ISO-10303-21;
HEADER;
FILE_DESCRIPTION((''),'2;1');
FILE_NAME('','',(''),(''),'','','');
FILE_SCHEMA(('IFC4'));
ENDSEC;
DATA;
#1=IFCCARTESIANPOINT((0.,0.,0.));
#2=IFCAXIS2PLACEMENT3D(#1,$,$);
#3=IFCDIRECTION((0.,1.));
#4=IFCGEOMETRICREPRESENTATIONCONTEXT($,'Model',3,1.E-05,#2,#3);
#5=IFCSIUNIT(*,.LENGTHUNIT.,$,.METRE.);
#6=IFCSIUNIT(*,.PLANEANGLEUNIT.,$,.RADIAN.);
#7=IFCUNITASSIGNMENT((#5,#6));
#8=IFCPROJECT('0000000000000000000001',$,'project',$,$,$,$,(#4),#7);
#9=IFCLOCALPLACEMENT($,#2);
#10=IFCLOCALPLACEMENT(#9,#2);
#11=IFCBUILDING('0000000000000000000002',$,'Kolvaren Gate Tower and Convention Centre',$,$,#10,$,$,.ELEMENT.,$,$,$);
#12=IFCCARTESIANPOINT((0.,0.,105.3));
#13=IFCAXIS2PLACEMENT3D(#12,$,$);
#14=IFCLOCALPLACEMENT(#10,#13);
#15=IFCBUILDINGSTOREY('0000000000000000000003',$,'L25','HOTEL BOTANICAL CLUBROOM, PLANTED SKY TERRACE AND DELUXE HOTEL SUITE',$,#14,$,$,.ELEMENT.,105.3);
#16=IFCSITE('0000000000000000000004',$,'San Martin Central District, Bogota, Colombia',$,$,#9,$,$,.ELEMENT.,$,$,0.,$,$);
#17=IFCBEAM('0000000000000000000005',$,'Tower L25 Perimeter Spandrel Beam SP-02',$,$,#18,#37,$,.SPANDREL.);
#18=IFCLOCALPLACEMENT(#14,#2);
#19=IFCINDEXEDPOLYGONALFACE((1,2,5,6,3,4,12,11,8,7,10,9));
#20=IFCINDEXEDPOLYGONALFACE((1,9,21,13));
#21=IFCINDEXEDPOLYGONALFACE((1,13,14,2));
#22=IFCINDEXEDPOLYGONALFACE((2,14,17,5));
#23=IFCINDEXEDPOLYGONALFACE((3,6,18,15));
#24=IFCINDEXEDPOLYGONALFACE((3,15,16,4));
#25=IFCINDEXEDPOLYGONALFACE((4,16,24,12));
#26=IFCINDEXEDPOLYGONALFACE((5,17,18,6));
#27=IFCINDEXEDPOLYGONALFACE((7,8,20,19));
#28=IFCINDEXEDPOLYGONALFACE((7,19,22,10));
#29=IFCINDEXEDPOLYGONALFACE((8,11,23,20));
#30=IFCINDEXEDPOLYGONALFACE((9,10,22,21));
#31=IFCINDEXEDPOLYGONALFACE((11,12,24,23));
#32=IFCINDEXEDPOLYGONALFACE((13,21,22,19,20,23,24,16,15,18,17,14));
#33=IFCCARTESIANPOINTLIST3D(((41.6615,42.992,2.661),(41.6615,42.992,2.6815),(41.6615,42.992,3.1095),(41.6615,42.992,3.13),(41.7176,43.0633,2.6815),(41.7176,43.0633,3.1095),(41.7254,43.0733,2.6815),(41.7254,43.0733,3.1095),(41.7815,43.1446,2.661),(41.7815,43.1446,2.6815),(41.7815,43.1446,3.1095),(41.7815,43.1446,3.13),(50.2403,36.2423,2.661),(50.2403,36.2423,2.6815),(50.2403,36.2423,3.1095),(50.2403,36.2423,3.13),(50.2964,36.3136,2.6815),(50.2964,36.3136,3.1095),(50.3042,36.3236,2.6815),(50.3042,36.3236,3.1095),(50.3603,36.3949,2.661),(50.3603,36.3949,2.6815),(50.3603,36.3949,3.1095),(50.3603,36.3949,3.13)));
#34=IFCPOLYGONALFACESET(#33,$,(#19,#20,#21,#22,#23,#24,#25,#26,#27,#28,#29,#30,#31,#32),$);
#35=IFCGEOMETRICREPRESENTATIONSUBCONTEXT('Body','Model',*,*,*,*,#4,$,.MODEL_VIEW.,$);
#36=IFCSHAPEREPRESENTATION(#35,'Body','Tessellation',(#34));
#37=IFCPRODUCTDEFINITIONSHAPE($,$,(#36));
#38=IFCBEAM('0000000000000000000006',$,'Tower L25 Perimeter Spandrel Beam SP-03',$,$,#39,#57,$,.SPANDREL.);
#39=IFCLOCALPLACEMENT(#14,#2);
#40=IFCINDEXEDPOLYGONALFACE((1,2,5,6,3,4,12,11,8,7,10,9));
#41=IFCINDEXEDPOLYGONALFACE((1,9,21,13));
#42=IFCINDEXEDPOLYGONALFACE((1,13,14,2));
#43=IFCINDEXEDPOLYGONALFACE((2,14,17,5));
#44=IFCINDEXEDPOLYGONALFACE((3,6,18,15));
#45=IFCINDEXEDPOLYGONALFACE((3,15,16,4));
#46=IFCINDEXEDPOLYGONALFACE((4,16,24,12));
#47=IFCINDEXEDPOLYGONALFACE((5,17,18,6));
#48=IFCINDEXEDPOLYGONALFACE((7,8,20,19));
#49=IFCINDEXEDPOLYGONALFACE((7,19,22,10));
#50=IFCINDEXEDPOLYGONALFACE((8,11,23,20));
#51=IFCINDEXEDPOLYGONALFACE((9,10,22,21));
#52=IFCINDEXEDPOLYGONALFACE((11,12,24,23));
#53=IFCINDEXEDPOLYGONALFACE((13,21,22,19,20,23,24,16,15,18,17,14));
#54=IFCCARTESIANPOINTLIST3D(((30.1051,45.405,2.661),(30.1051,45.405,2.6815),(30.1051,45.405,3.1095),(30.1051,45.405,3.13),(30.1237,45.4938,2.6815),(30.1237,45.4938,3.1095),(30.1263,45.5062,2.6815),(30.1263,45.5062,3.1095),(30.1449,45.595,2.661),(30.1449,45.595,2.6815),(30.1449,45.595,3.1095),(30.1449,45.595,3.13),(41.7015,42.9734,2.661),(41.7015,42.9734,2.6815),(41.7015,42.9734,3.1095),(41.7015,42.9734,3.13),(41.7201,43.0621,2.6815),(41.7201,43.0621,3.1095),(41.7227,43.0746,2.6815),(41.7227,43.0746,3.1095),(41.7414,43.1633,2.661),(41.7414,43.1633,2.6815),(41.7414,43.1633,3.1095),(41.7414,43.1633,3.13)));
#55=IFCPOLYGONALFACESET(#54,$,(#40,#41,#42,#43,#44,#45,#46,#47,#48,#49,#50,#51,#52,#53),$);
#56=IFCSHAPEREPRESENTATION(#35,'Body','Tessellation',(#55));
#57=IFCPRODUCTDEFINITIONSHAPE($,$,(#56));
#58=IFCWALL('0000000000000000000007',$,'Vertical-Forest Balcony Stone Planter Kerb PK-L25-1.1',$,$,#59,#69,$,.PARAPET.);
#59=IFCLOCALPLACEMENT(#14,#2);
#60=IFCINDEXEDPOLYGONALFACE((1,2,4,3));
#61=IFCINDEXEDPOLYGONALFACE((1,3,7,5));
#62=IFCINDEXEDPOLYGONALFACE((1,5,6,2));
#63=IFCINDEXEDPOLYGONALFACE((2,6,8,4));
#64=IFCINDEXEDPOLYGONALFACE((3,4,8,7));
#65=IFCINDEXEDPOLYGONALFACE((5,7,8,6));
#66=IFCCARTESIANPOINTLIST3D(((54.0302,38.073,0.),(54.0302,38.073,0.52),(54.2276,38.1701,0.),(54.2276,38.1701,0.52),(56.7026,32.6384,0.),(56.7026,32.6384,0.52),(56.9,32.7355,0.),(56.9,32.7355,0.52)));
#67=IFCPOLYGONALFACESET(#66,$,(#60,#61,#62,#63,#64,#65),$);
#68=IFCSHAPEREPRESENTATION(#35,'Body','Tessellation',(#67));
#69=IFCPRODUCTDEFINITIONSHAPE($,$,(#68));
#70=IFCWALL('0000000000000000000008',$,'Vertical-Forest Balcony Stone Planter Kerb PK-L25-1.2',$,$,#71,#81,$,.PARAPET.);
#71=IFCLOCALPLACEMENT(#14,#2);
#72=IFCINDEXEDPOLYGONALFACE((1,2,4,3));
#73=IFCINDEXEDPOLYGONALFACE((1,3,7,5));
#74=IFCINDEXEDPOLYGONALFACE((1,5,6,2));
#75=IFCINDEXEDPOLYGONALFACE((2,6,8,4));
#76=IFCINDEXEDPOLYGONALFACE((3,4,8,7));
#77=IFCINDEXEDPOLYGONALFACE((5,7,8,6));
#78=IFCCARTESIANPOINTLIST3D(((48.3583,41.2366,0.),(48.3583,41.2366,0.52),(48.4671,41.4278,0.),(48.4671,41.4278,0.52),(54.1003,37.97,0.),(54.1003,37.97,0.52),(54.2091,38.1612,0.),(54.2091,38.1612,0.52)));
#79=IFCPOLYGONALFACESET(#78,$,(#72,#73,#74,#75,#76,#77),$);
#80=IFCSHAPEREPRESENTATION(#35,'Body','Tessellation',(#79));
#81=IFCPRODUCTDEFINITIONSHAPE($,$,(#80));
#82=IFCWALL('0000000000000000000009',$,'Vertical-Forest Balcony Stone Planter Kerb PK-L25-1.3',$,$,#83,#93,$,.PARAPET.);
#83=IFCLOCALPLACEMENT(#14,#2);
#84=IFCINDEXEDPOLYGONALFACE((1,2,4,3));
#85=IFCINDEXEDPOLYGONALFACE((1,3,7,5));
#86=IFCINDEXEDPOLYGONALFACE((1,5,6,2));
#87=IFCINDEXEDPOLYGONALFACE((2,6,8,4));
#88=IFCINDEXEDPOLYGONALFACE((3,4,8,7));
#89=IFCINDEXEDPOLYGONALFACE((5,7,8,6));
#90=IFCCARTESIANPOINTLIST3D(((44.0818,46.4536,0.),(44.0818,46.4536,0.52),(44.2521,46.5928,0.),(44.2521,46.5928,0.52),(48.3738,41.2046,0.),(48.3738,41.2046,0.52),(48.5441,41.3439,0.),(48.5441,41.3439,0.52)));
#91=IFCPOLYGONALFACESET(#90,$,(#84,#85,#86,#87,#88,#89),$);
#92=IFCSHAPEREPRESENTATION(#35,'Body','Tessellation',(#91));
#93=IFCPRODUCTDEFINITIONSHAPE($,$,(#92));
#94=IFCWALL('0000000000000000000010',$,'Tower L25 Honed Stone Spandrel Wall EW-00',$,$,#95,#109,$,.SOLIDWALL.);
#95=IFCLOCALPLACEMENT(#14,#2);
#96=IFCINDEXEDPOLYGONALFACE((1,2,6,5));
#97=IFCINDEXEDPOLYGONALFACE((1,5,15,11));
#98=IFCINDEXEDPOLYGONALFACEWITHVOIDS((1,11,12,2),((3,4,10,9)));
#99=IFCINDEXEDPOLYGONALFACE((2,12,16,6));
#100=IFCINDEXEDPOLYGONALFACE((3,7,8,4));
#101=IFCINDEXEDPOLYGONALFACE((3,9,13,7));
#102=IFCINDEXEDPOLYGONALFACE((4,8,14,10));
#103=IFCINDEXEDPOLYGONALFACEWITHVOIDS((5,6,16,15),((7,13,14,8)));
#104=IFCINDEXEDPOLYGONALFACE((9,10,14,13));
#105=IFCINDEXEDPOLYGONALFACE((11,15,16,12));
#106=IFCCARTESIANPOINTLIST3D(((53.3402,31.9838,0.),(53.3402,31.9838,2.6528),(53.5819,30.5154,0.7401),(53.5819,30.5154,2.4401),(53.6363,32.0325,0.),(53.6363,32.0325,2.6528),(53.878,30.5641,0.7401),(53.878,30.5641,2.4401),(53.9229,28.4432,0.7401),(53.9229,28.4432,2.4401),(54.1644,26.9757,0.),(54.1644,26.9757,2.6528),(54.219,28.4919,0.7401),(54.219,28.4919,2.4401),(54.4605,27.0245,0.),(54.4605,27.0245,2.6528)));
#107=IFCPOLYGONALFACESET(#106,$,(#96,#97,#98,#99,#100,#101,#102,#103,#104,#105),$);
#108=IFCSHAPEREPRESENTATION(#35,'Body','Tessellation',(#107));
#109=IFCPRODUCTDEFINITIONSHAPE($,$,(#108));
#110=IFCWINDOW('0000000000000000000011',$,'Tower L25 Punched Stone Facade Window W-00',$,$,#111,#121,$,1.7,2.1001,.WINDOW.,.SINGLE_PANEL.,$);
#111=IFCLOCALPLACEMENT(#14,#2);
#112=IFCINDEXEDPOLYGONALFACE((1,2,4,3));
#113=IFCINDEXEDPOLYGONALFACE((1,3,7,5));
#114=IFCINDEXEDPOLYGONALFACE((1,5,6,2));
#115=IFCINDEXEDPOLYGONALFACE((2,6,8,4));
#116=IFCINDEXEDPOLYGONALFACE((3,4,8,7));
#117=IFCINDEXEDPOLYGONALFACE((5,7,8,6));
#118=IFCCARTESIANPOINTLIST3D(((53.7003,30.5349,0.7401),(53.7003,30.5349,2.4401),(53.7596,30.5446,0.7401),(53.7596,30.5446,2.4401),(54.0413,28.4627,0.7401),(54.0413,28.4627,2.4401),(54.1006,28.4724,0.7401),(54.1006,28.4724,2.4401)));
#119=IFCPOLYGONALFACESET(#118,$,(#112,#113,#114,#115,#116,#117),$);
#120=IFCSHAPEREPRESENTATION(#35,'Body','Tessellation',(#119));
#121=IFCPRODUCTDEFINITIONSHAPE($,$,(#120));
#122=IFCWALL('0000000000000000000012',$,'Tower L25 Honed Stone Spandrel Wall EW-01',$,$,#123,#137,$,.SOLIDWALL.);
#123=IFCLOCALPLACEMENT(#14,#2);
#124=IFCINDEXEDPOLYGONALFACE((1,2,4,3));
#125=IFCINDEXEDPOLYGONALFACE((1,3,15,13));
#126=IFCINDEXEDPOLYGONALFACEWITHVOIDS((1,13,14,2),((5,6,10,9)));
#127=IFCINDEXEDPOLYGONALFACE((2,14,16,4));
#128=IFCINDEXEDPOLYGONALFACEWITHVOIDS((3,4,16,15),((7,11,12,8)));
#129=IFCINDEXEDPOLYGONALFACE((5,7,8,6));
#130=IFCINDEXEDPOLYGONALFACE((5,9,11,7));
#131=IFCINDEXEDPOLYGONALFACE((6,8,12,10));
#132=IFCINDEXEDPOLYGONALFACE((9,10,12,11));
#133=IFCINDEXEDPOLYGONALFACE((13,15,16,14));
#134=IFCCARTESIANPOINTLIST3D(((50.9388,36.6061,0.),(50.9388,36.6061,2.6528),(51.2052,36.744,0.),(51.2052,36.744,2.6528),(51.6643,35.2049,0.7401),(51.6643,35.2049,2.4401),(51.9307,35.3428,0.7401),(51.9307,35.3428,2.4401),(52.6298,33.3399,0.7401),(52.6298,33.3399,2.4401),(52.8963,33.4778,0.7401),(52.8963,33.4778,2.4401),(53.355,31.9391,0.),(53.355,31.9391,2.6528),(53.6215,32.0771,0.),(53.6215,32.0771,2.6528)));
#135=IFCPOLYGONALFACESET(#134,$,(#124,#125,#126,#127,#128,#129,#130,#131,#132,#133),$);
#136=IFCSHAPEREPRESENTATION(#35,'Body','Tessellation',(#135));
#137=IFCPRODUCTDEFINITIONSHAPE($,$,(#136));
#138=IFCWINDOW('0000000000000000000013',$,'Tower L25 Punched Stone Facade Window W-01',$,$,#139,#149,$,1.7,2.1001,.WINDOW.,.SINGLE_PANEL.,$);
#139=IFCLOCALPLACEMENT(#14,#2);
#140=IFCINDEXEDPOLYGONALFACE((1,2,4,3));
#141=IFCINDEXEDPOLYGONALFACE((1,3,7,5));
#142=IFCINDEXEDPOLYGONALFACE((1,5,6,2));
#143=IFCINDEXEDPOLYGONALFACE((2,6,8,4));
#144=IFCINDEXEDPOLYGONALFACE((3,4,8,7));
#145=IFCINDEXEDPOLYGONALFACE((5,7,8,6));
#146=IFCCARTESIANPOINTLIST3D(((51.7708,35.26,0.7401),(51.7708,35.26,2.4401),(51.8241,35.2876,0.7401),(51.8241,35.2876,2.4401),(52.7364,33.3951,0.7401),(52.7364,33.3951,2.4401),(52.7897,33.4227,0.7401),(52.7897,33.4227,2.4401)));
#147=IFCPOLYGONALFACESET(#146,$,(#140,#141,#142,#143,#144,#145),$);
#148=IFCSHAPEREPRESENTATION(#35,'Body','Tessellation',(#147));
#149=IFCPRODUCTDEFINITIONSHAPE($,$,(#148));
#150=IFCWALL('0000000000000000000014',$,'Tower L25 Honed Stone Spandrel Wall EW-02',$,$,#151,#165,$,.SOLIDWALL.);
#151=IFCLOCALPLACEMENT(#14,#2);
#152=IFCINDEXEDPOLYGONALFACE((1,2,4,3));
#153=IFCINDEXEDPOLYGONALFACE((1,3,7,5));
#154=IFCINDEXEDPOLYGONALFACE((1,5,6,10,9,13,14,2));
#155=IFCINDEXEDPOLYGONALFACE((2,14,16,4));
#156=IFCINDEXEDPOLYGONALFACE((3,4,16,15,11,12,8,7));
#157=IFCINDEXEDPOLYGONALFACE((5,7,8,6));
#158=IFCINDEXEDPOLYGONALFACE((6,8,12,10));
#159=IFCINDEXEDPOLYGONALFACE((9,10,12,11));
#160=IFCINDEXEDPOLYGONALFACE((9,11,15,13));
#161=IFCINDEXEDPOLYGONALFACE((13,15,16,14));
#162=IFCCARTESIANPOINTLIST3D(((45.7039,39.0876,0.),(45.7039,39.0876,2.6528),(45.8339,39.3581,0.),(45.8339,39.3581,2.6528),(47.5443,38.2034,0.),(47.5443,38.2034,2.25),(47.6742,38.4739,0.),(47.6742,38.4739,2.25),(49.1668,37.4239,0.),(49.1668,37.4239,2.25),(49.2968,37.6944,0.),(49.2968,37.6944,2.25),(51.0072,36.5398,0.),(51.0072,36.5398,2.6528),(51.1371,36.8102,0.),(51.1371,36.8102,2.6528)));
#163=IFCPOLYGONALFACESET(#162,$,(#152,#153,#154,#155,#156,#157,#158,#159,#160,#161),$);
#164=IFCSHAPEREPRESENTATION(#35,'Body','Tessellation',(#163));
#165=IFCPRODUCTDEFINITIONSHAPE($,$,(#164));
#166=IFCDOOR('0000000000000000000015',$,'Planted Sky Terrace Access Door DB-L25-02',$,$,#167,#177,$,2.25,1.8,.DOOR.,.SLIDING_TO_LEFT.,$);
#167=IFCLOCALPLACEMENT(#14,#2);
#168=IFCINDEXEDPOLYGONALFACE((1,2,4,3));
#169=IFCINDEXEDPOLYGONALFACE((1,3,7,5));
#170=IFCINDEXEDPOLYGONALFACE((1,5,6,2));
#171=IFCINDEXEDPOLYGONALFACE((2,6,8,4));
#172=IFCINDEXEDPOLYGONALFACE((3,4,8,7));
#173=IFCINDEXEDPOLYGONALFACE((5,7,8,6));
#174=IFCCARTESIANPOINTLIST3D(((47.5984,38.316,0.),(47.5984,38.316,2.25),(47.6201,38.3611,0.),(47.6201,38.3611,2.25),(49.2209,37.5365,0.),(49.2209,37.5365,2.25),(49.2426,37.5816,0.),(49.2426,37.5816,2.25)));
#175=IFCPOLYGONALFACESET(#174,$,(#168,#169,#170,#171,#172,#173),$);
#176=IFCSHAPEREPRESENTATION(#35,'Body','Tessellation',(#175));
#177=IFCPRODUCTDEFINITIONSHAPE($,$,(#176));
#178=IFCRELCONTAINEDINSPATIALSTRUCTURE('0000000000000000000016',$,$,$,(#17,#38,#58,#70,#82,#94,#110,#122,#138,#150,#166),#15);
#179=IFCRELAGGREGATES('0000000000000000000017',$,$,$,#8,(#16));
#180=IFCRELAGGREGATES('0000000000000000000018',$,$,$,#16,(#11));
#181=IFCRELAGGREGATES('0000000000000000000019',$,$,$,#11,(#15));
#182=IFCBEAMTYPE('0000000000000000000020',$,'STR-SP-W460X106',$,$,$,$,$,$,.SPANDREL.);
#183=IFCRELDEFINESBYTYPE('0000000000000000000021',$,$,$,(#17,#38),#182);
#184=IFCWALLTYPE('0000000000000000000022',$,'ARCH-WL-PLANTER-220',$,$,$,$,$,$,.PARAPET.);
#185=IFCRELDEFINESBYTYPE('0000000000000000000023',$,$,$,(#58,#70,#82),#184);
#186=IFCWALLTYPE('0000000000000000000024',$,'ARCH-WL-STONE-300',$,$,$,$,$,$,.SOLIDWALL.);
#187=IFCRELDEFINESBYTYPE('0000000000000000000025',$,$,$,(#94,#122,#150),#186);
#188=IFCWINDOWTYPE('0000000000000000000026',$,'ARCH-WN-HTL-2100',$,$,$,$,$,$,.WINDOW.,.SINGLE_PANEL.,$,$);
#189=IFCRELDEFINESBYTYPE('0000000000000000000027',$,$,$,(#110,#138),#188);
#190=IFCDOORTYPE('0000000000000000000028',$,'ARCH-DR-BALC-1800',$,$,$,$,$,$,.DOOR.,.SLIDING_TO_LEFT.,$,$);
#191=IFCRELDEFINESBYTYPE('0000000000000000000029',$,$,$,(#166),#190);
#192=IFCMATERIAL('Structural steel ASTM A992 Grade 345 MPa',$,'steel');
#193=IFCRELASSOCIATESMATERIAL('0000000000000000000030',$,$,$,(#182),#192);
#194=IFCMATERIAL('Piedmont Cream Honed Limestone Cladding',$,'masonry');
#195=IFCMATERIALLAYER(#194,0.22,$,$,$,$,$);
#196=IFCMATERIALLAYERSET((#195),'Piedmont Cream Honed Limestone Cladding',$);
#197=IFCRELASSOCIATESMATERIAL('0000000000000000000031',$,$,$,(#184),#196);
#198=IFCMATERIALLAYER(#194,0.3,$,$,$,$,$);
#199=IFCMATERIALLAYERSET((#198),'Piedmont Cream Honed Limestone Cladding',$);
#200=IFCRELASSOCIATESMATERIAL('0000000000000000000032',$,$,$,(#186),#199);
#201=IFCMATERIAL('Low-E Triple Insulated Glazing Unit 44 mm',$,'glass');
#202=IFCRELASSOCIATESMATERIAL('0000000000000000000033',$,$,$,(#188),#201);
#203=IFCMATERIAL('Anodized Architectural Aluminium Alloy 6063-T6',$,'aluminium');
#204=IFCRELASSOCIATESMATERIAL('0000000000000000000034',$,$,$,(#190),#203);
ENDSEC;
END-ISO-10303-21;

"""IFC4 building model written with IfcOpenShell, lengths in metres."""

from ifc_helpers import new_model, si_unit, direction, frame, frame_2d, origin, origin_2d, place, context, subcontext, project, spatial, rectangle, i_section, extrude, material, layer, layer_set, material_profile, profile_set, type_object, element, fill, save


model = new_model("IFC4")

# Units and contexts
model_context = context("Model", 3, precision=1e-05, world=origin(), true_north=direction((0.0, 1.0)))
body_context = subcontext(model_context, "Body", "Model", "MODEL_VIEW")
ifc_project = project(units=[si_unit("LENGTHUNIT", "METRE"), si_unit("PLANEANGLEUNIT", "RADIAN")], contexts=[model_context])

# Site, building, storey
site_placement = place(None, origin())
site = spatial("IfcSite", under=ifc_project, at=site_placement, Name="San Martin Central District, Bogota, Colombia", CompositionType="ELEMENT", RefElevation=0.0)
building_placement = place(site_placement, origin())
building = spatial("IfcBuilding", under=site, at=building_placement, Name="Kolvaren Gate Tower and Convention Centre", CompositionType="ELEMENT")
storey_placement = place(building_placement, frame((0.0, 0.0, 105.3)))
storey = spatial("IfcBuildingStorey", under=building, at=storey_placement, Name="L25", Description="HOTEL BOTANICAL CLUBROOM, PLANTED SKY TERRACE AND DELUXE HOTEL SUITE", CompositionType="ELEMENT", Elevation=105.3)

# Beams
ifc_material_1 = material(Name="Structural steel ASTM A992 Grade 345 MPa", Category="steel")
ifc_material_profile_1 = material_profile(ifc_material_1, i_section(OverallWidth=0.1941, OverallDepth=0.469, WebThickness=0.0127, FlangeThickness=0.0205, at=origin_2d()), Name="W460X106")
ifc_profile_set_1 = profile_set([ifc_material_profile_1], Name="Structural steel ASTM A992 Grade 345 MPa")
beam_type_1 = type_object("IfcBeamType", Name="STR-SP-W460X106", PredefinedType="SPANDREL", material=ifc_profile_set_1)
beam_1_placement = place(storey_placement, frame((50.3003, 36.3186, 2.8955), z_axis=(-0.785908, 0.618344, 0.0), x_axis=(-0.618344, -0.785908, 0.0)))
element("IfcBeam", 1, at=beam_1_placement, inside=storey, type_object=beam_type_1, Name="Tower L25 Perimeter Spandrel Beam SP-02", PredefinedType="SPANDREL", context=body_context, shape_type="SweptSolid", body=[
    extrude(i_section(OverallWidth=0.1941, OverallDepth=0.469, WebThickness=0.0127, FlangeThickness=0.0205, at=origin_2d()), origin(), (0.0, 0.0, 1.0), 10.9158),
])
beam_2_placement = place(storey_placement, frame((41.7214, 43.0684, 2.8955), z_axis=(-0.978715, 0.205225, 0.0), x_axis=(-0.205225, -0.978715, 0.0)))
element("IfcBeam", 2, at=beam_2_placement, inside=storey, type_object=beam_type_1, Name="Tower L25 Perimeter Spandrel Beam SP-03", PredefinedType="SPANDREL", context=body_context, shape_type="SweptSolid", body=[
    extrude(i_section(OverallWidth=0.1941, OverallDepth=0.469, WebThickness=0.0127, FlangeThickness=0.0205, at=origin_2d()), origin(), (0.0, 0.0, 1.0), 11.8486),
])

# Walls
ifc_material_2 = material(Name="Piedmont Cream Honed Limestone Cladding", Category="masonry")
ifc_layer_1 = layer(ifc_material_2, 0.22)
ifc_layer_set_1 = layer_set([ifc_layer_1], Name="Piedmont Cream Honed Limestone Cladding")
wall_type_1 = type_object("IfcWallType", Name="ARCH-WL-PLANTER-220", PredefinedType="PARAPET", material=ifc_layer_set_1)
wall_1_placement = place(storey_placement, frame((54.1289, 38.1216, 0.0), z_axis=(0.0, 0.0, 1.0), x_axis=(0.44127, -0.897375, 0.0)))
element("IfcWall", 3, at=wall_1_placement, inside=storey, type_object=wall_type_1, Name="Vertical-Forest Balcony Stone Planter Kerb PK-L25-1.1", PredefinedType="PARAPET", context=body_context, shape_type="SweptSolid", body=[
    extrude(rectangle(XDim=6.0562, YDim=0.22, at=frame_2d((3.0281, 0.0))), origin(), (0.0, 0.0, 1.0), 0.52),
])
wall_2_placement = place(storey_placement, frame((48.4126, 41.3323, 0.0), z_axis=(0.0, 0.0, 1.0), x_axis=(0.869188, -0.494482, 0.0)))
element("IfcWall", 4, at=wall_2_placement, inside=storey, type_object=wall_type_1, Name="Vertical-Forest Balcony Stone Planter Kerb PK-L25-1.2", PredefinedType="PARAPET", context=body_context, shape_type="SweptSolid", body=[
    extrude(rectangle(XDim=6.6062, YDim=0.22, at=frame_2d((3.3032, 0.0))), origin(), (0.0, 0.0, 1.0), 0.52),
])
wall_3_placement = place(storey_placement, frame((44.167, 46.5232, 0.0), z_axis=(0.0, 0.0, 1.0), x_axis=(0.633002, -0.77415, 0.0)))
element("IfcWall", 5, at=wall_3_placement, inside=storey, type_object=wall_type_1, Name="Vertical-Forest Balcony Stone Planter Kerb PK-L25-1.3", PredefinedType="PARAPET", context=body_context, shape_type="SweptSolid", body=[
    extrude(rectangle(XDim=6.7803, YDim=0.22, at=frame_2d((3.3901, 0.0))), origin(), (0.0, 0.0, 1.0), 0.52),
])

# Walls, openings, windows
ifc_layer_2 = layer(ifc_material_2, 0.3)
ifc_layer_set_2 = layer_set([ifc_layer_2], Name="Piedmont Cream Honed Limestone Cladding")
wall_type_2 = type_object("IfcWallType", Name="ARCH-WL-STONE-300", PredefinedType="SOLIDWALL", material=ifc_layer_set_2)
wall_4_placement = place(storey_placement, frame((53.4883, 32.0081, 0.0), z_axis=(0.0, 0.0, 1.0), x_axis=(0.162394, -0.986726, 0.0)))
wall_4 = element("IfcWall", 6, at=wall_4_placement, inside=storey, type_object=wall_type_2, Name="Tower L25 Honed Stone Spandrel Wall EW-00", PredefinedType="SOLIDWALL", context=body_context, shape_type="SweptSolid", body=[
    extrude(rectangle(XDim=5.0754, YDim=0.3, at=frame_2d((2.5376, 0.0))), origin(), (0.0, 0.0, 1.0), 2.6528),
])
opening_1_placement = place(wall_4_placement, frame((1.488, 0.0, 0.74)))
opening_1 = element("IfcOpeningElement", 7, at=opening_1_placement, cuts=wall_4, PredefinedType="OPENING", context=body_context, shape_type="SweptSolid", body=[
    extrude(rectangle(XDim=2.1001, YDim=1.7, at=frame_2d((1.05, 0.8501))), frame((0.0, 0.1599, 0.0), z_axis=(0.0, -1.0, 0.0), x_axis=(1.0, 0.0, 0.0)), (0.0, 0.0, 1.0), 0.3201),
])
ifc_material_3 = material(Name="Low-E Triple Insulated Glazing Unit 44 mm", Category="glass")
window_type = type_object("IfcWindowType", Name="ARCH-WN-HTL-2100", PartitioningType="SINGLE_PANEL", PredefinedType="WINDOW", material=ifc_material_3)
window_1_placement = place(opening_1_placement, origin())
window_1 = element("IfcWindow", 8, at=window_1_placement, inside=storey, type_object=window_type, Name="Tower L25 Punched Stone Facade Window W-00", OverallHeight=1.7, OverallWidth=2.1001, PartitioningType="SINGLE_PANEL", PredefinedType="WINDOW", context=body_context, shape_type="SweptSolid", body=[
    extrude(rectangle(XDim=2.1001, YDim=1.7, at=frame_2d((1.05, 0.8501))), frame((0.0, 0.03, 0.0), z_axis=(0.0, -1.0, 0.0), x_axis=(1.0, 0.0, 0.0)), (0.0, 0.0, 1.0), 0.0601),
])
fill(opening_1, window_1)
wall_5_placement = place(storey_placement, frame((51.072, 36.675, 0.0), z_axis=(0.0, 0.0, 1.0), x_axis=(0.459768, -0.888039, 0.0)))
wall_5 = element("IfcWall", 9, at=wall_5_placement, inside=storey, type_object=wall_type_2, Name="Tower L25 Honed Stone Spandrel Wall EW-01", PredefinedType="SOLIDWALL", context=body_context, shape_type="SweptSolid", body=[
    extrude(rectangle(XDim=5.2554, YDim=0.3, at=frame_2d((2.6277, 0.0))), origin(), (0.0, 0.0, 1.0), 2.6528),
])
opening_2_placement = place(wall_5_placement, frame((1.5779, 0.0, 0.74)))
opening_2 = element("IfcOpeningElement", 10, at=opening_2_placement, cuts=wall_5, PredefinedType="OPENING", context=body_context, shape_type="SweptSolid", body=[
    extrude(rectangle(XDim=2.1001, YDim=1.7, at=frame_2d((1.05, 0.8501))), frame((0.0, 0.1599, 0.0), z_axis=(0.0, -1.0, 0.0), x_axis=(1.0, 0.0, 0.0)), (0.0, 0.0, 1.0), 0.3201),
])
window_2_placement = place(opening_2_placement, origin())
window_2 = element("IfcWindow", 11, at=window_2_placement, inside=storey, type_object=window_type, Name="Tower L25 Punched Stone Facade Window W-01", OverallHeight=1.7, OverallWidth=2.1001, PartitioningType="SINGLE_PANEL", PredefinedType="WINDOW", context=body_context, shape_type="SweptSolid", body=[
    extrude(rectangle(XDim=2.1001, YDim=1.7, at=frame_2d((1.05, 0.8501))), frame((0.0, 0.03, 0.0), z_axis=(0.0, -1.0, 0.0), x_axis=(1.0, 0.0, 0.0)), (0.0, 0.0, 1.0), 0.0601),
])
fill(opening_2, window_2)

# Wall, opening, door
wall_6_placement = place(storey_placement, frame((45.7688, 39.2229, 0.0), z_axis=(0.0, 0.0, 1.0), x_axis=(0.90137, -0.433049, 0.0)))
wall_6 = element("IfcWall", 12, at=wall_6_placement, inside=storey, type_object=wall_type_2, Name="Tower L25 Honed Stone Spandrel Wall EW-02", PredefinedType="SOLIDWALL", context=body_context, shape_type="SweptSolid", body=[
    extrude(rectangle(XDim=5.8835, YDim=0.3, at=frame_2d((2.9419, 0.0))), origin(), (0.0, 0.0, 1.0), 2.6528),
])
opening_3_placement = place(wall_6_placement, frame((2.042, 0.0, 0.0)))
opening_3 = element("IfcOpeningElement", 13, at=opening_3_placement, cuts=wall_6, PredefinedType="OPENING", context=body_context, shape_type="SweptSolid", body=[
    extrude(rectangle(XDim=1.8, YDim=2.25, at=frame_2d((0.8999, 1.125))), frame((0.0, 0.1599, 0.0), z_axis=(0.0, -1.0, 0.0), x_axis=(1.0, 0.0, 0.0)), (0.0, 0.0, 1.0), 0.3201),
])
ifc_material_4 = material(Name="Anodized Architectural Aluminium Alloy 6063-T6", Category="aluminium")
door_type = type_object("IfcDoorType", Name="ARCH-DR-BALC-1800", OperationType="SLIDING_TO_LEFT", PredefinedType="DOOR", material=ifc_material_4)
door_placement = place(opening_3_placement, origin())
door = element("IfcDoor", 14, at=door_placement, inside=storey, type_object=door_type, Name="Planted Sky Terrace Access Door DB-L25-02", OperationType="SLIDING_TO_LEFT", OverallHeight=2.25, OverallWidth=1.8, PredefinedType="DOOR", context=body_context, shape_type="SweptSolid", body=[
    extrude(rectangle(XDim=1.8, YDim=2.25, at=frame_2d((0.8999, 1.125))), frame((0.0, 0.0249, 0.0), z_axis=(0.0, -1.0, 0.0), x_axis=(1.0, 0.0, 0.0)), (0.0, 0.0, 1.0), 0.05),
])
fill(opening_3, door)

save(model, "model.ifc")
